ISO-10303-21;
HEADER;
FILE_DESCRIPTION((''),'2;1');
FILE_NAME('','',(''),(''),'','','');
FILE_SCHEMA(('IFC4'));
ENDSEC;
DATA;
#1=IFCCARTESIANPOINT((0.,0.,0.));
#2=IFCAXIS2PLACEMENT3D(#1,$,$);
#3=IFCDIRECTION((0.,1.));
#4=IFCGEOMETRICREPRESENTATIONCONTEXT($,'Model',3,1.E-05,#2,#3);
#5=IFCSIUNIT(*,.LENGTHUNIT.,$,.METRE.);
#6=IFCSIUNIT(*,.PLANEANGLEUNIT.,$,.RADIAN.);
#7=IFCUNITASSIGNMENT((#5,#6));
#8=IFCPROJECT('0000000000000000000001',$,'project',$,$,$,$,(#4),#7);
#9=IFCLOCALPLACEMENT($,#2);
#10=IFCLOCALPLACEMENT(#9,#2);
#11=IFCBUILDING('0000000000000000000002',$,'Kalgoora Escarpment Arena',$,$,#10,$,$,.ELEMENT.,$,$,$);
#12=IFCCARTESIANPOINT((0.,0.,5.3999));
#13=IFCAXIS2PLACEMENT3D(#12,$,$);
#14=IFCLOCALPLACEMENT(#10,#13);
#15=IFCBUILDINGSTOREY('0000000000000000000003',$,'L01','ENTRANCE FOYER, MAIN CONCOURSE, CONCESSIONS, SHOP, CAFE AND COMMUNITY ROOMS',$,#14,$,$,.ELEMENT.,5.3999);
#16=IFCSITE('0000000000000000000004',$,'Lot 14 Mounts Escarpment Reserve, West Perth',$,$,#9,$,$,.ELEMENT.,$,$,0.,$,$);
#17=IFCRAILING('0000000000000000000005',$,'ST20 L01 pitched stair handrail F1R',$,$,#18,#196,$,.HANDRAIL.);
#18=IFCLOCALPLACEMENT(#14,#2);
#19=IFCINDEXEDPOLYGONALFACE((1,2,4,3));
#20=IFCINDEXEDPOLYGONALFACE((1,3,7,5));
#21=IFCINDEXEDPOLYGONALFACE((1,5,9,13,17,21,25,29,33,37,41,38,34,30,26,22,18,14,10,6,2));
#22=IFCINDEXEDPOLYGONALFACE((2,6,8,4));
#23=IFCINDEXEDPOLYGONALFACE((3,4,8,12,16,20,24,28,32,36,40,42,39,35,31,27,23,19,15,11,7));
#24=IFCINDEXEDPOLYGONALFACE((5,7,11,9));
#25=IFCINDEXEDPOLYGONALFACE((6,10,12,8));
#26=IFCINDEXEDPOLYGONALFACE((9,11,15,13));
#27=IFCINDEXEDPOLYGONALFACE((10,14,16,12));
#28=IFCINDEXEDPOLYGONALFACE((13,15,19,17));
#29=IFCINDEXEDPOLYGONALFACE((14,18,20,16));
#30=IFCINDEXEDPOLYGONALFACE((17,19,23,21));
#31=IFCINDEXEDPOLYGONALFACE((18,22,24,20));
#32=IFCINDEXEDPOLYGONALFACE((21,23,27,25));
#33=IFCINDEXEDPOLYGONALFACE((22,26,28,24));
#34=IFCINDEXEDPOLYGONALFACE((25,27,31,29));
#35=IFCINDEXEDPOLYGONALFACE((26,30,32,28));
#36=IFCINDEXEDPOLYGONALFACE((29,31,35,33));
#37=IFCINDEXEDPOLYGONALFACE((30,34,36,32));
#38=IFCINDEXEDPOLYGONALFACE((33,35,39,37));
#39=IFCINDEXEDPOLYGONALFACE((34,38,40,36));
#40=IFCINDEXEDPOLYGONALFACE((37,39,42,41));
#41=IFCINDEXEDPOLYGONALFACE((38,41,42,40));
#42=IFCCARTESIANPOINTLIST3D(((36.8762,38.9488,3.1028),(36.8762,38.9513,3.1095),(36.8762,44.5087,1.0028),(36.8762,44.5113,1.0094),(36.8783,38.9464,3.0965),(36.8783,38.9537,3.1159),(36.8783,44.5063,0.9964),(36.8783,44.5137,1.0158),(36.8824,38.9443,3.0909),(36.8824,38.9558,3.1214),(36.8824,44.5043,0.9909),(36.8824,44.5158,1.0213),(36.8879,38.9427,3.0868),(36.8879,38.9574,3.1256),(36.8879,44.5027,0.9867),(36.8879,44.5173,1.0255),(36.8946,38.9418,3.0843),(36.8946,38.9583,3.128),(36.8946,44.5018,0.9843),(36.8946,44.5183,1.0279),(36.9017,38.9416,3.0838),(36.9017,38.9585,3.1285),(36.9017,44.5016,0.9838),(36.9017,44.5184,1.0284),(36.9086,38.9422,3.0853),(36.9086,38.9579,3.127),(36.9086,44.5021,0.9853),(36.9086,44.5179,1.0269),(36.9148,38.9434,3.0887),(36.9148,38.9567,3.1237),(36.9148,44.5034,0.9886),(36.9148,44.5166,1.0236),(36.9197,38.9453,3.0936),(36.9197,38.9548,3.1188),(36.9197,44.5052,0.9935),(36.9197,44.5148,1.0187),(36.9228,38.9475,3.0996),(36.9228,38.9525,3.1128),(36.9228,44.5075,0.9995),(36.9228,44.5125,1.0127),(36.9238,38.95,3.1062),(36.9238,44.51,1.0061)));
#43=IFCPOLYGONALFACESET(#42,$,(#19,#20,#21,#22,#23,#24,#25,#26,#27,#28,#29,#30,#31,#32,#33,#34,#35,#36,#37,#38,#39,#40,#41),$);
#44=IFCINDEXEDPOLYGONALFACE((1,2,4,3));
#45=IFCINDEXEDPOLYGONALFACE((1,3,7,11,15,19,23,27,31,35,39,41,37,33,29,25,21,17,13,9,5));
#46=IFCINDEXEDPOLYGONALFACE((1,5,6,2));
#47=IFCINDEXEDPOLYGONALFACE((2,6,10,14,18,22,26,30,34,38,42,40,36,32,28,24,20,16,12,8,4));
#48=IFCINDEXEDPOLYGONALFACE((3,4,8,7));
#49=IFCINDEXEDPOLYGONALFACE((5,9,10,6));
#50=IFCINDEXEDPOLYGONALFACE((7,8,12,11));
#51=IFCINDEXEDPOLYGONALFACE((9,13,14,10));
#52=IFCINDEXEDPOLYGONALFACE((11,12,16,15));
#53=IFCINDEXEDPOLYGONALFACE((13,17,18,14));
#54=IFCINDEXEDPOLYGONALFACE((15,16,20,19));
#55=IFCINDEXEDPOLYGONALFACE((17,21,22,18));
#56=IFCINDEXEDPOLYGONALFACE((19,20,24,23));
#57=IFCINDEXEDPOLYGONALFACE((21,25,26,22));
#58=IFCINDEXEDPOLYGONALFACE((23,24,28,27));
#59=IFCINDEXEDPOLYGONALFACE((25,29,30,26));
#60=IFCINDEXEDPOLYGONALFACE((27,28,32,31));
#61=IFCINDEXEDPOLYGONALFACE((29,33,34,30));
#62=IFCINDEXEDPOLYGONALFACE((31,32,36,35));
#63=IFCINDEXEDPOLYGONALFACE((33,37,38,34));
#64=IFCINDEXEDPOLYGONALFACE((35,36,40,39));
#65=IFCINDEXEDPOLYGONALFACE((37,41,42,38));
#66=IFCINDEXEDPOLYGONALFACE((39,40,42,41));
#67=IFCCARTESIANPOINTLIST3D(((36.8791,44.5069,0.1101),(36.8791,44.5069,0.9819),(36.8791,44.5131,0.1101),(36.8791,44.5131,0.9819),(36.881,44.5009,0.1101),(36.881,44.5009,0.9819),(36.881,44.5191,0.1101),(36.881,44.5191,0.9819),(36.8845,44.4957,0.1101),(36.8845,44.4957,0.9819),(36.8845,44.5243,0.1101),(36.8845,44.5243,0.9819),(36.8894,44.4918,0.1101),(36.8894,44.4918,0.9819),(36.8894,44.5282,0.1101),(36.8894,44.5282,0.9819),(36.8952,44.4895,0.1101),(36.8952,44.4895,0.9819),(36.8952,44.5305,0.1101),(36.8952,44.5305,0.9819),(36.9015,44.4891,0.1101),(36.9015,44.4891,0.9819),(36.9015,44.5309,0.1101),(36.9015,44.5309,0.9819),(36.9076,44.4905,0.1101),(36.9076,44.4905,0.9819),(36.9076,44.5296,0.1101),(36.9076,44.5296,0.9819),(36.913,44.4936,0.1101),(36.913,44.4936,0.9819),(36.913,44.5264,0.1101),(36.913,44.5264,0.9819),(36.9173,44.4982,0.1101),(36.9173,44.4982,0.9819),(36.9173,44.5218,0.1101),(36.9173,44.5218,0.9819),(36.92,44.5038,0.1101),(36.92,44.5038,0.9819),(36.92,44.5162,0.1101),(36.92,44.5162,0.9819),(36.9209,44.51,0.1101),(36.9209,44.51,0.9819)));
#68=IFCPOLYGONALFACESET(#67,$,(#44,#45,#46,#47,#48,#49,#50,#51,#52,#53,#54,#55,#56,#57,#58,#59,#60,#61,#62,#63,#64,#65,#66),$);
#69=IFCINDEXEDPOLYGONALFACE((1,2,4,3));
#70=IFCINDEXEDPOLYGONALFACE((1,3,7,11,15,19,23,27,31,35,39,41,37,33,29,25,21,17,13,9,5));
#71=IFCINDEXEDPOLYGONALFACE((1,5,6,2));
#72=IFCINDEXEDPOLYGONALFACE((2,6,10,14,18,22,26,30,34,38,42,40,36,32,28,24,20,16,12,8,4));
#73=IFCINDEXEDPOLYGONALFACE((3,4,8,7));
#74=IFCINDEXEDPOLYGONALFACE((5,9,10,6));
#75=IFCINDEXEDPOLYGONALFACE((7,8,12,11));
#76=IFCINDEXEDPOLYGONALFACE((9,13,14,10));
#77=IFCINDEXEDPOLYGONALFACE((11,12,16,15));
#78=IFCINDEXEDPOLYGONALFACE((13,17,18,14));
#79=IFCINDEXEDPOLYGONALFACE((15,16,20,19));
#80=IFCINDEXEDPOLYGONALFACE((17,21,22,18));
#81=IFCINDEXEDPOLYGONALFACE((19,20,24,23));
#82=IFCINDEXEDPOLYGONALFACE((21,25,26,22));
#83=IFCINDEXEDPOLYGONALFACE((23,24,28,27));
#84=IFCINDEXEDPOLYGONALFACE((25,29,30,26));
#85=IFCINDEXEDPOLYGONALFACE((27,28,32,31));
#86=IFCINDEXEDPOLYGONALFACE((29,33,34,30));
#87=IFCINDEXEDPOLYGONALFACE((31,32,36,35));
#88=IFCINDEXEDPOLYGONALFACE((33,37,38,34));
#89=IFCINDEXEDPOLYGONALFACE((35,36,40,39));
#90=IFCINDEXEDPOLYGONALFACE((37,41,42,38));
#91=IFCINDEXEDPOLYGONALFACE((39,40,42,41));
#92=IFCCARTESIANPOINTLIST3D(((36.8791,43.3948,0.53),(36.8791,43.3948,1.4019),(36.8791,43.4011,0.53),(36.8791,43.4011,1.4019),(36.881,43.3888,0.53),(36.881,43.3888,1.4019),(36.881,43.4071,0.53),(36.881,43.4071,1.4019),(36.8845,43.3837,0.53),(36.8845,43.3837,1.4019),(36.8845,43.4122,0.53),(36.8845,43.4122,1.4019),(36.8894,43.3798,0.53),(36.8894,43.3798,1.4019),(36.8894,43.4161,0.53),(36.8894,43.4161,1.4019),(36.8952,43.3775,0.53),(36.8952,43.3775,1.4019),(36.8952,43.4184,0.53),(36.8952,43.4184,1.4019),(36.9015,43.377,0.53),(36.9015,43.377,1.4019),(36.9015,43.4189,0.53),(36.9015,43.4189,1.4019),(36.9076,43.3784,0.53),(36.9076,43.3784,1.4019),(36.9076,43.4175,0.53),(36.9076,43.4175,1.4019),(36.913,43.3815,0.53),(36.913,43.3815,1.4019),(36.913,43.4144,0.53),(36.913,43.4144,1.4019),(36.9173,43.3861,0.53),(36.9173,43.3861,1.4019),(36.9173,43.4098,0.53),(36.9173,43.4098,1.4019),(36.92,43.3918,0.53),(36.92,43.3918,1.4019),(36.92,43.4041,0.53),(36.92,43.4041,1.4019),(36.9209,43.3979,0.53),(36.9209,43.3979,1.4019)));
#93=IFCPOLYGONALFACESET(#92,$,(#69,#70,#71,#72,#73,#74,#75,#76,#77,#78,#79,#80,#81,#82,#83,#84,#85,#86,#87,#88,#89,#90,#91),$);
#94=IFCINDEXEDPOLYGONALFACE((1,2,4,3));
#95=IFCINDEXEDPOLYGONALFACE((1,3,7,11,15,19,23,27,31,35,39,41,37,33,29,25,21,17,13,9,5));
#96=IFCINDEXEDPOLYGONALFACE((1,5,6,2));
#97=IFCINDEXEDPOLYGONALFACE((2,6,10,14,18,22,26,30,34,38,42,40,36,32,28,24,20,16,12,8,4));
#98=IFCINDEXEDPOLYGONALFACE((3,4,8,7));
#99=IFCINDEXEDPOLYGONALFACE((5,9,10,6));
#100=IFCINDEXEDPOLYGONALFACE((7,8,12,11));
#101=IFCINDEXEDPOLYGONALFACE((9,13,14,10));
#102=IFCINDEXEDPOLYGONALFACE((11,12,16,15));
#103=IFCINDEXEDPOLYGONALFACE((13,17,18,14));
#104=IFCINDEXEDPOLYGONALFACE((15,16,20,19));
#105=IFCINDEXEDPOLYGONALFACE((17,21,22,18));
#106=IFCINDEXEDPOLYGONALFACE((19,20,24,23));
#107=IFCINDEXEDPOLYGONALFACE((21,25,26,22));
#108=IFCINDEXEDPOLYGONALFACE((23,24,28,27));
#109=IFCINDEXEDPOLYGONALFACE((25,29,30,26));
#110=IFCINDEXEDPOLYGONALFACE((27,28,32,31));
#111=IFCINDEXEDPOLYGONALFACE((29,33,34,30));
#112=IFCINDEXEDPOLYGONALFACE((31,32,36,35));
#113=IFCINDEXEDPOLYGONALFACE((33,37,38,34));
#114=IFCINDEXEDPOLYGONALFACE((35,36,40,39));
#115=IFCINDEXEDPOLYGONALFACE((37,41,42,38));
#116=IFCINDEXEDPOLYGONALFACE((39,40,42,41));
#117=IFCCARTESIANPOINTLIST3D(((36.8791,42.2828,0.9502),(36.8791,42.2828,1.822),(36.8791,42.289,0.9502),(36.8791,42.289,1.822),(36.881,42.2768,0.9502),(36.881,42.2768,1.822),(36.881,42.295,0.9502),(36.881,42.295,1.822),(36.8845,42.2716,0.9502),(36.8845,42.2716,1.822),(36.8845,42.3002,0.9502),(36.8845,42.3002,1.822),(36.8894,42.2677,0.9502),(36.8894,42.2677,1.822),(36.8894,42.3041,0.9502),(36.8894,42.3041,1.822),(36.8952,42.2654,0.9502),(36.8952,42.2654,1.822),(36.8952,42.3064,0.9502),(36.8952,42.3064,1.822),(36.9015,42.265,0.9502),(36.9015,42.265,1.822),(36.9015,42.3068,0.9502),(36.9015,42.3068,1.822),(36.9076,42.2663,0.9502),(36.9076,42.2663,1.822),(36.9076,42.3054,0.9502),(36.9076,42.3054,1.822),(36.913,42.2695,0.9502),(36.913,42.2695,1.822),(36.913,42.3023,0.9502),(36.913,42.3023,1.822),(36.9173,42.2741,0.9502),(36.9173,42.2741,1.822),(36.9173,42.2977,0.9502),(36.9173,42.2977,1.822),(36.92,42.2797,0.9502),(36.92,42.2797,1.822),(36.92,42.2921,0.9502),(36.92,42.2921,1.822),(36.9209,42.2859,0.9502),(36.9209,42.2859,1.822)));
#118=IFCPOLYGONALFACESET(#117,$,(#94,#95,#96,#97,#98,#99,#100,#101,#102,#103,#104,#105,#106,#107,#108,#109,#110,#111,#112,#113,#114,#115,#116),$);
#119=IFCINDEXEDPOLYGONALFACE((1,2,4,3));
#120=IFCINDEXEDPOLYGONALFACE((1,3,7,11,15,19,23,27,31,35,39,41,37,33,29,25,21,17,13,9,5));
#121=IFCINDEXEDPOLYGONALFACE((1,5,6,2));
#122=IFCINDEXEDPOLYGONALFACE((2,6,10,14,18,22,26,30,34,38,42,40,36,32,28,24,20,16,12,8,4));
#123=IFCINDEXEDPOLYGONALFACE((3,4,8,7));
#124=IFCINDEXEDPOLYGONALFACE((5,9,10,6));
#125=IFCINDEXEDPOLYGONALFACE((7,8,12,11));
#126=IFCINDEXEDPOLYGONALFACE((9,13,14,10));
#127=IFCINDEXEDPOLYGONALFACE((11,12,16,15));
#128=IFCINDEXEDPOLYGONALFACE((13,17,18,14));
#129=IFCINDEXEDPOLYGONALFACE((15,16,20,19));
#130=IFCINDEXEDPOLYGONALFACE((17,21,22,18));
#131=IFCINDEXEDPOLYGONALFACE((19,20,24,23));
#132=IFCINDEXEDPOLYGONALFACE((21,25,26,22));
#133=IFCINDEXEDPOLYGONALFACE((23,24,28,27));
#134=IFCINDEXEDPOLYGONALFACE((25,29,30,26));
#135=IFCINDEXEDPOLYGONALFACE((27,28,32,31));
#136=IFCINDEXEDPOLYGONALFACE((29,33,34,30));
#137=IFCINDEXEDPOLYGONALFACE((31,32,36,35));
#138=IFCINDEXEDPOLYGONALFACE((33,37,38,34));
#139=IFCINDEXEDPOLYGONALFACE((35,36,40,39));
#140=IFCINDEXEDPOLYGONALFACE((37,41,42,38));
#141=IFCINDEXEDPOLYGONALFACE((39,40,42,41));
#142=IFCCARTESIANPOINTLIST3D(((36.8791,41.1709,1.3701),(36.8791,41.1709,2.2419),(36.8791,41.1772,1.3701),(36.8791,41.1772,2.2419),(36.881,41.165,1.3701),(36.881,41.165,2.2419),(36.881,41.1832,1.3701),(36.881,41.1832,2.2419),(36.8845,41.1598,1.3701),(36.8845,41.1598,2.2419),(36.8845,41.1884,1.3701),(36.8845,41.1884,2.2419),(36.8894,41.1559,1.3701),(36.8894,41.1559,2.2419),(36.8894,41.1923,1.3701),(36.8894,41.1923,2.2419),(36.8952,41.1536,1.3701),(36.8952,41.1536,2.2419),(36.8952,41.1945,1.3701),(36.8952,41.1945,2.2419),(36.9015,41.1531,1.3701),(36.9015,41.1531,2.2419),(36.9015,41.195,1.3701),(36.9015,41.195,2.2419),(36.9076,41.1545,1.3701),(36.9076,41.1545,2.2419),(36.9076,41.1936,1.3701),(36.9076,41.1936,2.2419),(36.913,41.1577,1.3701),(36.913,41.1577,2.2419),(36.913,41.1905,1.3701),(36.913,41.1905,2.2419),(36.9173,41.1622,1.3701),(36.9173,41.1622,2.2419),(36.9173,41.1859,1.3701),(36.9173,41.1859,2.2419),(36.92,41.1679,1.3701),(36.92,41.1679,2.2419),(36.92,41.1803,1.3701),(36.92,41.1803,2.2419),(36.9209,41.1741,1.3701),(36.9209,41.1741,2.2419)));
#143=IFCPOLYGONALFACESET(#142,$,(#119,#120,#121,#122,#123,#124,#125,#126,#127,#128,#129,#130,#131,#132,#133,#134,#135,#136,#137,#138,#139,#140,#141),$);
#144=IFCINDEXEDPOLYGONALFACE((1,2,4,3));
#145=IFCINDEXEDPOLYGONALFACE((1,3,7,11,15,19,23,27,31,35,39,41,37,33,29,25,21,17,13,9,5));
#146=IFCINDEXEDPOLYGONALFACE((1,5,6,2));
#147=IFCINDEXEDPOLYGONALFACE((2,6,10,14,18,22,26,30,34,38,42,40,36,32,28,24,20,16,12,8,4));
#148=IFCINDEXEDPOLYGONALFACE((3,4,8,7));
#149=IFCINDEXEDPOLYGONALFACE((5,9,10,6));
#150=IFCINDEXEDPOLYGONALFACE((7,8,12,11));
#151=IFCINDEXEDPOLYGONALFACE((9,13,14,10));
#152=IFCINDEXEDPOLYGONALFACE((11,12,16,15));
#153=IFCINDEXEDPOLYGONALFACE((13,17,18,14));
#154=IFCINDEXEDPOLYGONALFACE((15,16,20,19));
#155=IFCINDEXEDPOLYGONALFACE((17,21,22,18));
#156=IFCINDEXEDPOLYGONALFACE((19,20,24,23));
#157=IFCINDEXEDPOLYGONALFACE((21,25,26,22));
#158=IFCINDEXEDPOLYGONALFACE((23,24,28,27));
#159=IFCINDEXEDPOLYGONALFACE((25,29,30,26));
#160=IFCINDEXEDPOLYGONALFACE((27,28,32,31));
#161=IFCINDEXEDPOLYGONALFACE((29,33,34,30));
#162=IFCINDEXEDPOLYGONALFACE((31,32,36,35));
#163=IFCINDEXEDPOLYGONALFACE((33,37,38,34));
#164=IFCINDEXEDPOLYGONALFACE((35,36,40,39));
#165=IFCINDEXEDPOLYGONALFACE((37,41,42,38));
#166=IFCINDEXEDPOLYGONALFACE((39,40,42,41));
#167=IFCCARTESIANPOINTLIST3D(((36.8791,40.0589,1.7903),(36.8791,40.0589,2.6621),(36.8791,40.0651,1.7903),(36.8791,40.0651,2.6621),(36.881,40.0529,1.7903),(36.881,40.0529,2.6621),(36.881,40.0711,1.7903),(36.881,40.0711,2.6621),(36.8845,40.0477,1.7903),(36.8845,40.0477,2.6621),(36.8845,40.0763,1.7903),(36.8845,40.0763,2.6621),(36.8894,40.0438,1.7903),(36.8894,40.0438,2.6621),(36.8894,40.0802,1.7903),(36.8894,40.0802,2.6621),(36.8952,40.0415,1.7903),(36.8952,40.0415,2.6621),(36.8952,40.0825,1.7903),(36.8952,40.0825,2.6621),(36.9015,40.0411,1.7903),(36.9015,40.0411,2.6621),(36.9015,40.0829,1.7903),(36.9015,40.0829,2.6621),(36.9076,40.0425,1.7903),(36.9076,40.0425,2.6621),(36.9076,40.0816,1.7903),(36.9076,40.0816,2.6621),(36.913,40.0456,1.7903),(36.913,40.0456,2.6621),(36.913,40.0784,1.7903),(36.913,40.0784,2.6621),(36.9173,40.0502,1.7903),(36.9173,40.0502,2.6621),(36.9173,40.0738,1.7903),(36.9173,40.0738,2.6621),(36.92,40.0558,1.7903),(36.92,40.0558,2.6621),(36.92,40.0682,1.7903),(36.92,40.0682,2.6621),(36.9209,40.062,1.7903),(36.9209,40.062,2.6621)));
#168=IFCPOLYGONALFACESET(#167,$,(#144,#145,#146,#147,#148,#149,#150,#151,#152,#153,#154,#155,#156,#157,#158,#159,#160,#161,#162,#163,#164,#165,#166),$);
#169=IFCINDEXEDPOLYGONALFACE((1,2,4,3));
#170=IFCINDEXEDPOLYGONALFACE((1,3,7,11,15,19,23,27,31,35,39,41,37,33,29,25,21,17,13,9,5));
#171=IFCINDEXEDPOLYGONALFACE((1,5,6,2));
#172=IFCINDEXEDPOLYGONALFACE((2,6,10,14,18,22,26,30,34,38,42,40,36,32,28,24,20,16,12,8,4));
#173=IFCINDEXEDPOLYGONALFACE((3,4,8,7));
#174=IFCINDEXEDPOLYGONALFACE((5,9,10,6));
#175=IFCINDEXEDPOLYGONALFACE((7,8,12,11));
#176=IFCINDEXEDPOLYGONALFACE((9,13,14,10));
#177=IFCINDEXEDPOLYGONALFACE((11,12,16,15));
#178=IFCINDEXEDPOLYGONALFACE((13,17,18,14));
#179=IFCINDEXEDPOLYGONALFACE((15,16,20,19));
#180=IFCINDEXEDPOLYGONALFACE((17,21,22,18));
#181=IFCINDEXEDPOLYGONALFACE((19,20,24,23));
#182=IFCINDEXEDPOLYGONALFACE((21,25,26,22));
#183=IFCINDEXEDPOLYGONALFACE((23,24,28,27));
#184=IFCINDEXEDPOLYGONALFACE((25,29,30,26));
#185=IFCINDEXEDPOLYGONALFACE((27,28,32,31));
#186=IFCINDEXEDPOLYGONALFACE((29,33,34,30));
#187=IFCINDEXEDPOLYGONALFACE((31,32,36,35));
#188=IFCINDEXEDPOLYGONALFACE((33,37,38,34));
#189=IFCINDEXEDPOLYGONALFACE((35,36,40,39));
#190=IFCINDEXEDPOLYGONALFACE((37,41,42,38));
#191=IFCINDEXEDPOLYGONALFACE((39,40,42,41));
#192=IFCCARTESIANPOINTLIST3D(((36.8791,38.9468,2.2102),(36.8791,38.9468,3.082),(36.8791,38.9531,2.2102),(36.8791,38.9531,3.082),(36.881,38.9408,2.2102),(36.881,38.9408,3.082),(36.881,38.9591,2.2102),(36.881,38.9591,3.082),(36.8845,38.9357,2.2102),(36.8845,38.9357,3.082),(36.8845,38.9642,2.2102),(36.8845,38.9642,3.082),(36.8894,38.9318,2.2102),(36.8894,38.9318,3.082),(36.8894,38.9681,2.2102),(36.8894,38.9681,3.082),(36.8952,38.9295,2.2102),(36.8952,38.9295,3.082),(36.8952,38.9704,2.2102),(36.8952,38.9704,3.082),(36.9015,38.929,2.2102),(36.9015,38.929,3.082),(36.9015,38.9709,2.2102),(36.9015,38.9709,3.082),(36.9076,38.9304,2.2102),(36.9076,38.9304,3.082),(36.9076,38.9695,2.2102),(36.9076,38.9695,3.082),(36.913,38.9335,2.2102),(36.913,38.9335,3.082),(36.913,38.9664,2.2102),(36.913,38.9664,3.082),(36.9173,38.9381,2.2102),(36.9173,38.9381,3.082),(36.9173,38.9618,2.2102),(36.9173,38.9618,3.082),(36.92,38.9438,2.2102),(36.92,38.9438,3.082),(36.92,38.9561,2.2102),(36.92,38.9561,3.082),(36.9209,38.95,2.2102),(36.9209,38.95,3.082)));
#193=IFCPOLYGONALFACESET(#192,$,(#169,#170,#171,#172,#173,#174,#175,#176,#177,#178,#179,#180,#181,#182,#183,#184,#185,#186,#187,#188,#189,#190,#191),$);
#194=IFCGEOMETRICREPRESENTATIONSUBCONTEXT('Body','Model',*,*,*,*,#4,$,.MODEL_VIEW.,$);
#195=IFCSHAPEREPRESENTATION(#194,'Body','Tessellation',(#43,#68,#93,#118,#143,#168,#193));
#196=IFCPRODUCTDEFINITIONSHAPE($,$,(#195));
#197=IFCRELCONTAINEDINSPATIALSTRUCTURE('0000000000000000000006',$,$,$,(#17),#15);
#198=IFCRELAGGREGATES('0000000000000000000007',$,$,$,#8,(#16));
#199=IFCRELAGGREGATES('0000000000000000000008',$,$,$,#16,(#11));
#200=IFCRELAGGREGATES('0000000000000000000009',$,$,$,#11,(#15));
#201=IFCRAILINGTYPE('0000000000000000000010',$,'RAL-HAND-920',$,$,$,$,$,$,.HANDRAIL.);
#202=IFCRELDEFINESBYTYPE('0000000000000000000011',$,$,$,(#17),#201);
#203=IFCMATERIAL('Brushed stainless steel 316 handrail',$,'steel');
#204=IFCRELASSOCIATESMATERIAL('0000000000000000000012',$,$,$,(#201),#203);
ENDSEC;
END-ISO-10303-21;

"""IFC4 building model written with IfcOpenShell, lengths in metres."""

from ifc_helpers import new_model, si_unit, direction, frame, origin, origin_2d, place, context, subcontext, project, spatial, circle, extrude, material, type_object, element, save


model = new_model("IFC4")

# Units and contexts
model_context = context("Model", 3, precision=1e-05, world=origin(), true_north=direction((0.0, 1.0)))
body_context = subcontext(model_context, "Body", "Model", "MODEL_VIEW")
ifc_project = project(units=[si_unit("LENGTHUNIT", "METRE"), si_unit("PLANEANGLEUNIT", "RADIAN")], contexts=[model_context])

# Site, building, storey
site_placement = place(None, origin())
site = spatial("IfcSite", under=ifc_project, at=site_placement, Name="Lot 14 Mounts Escarpment Reserve, West Perth", CompositionType="ELEMENT", RefElevation=0.0)
building_placement = place(site_placement, origin())
building = spatial("IfcBuilding", under=site, at=building_placement, Name="Kalgoora Escarpment Arena", CompositionType="ELEMENT")
storey_placement = place(building_placement, frame((0.0, 0.0, 5.3999)))
storey = spatial("IfcBuildingStorey", under=building, at=storey_placement, Name="L01", Description="ENTRANCE FOYER, MAIN CONCOURSE, CONCESSIONS, SHOP, CAFE AND COMMUNITY ROOMS", CompositionType="ELEMENT", Elevation=5.3999)

# Railing
ifc_material_1 = material(Name="Brushed stainless steel 316 handrail", Category="steel")
railing_type_1 = type_object("IfcRailingType", Name="RAL-HAND-920", PredefinedType="HANDRAIL", material=ifc_material_1)
for number, where, name in (
    (1, (36.8999, 44.51, 0.1101), "ST20 L01 pitched stair handrail F1R"),
):
    element("IfcRailing", number, at=place(storey_placement, frame(where)), inside=storey, type_object=railing_type_1, Name=name, PredefinedType="HANDRAIL", context=body_context, shape_type="SweptSolid", body=[
        extrude(circle(Radius=0.0239, at=origin_2d()), frame((0.0, 0.0, 0.896), z_axis=(0.0, -0.935493, 0.353346), x_axis=(1.0, 0.0, 0.0)), (0.0, 0.0, 1.0), 5.9434),
        extrude(circle(Radius=0.021, at=origin_2d()), origin(), (0.0, 0.0, 1.0), 0.8718),
        extrude(circle(Radius=0.021, at=origin_2d()), frame((0.0, -1.1121, 0.4199)), (0.0, 0.0, 1.0), 0.8718),
        extrude(circle(Radius=0.021, at=origin_2d()), frame((0.0, -2.2241, 0.8401)), (0.0, 0.0, 1.0), 0.8718),
        extrude(circle(Radius=0.021, at=origin_2d()), frame((0.0, -3.3359, 1.26)), (0.0, 0.0, 1.0), 0.8718),
        extrude(circle(Radius=0.021, at=origin_2d()), frame((0.0, -4.448, 1.6802)), (0.0, 0.0, 1.0), 0.8718),
        extrude(circle(Radius=0.021, at=origin_2d()), frame((0.0, -5.5601, 2.1001)), (0.0, 0.0, 1.0), 0.8718),
    ])

save(model, "model.ifc")
